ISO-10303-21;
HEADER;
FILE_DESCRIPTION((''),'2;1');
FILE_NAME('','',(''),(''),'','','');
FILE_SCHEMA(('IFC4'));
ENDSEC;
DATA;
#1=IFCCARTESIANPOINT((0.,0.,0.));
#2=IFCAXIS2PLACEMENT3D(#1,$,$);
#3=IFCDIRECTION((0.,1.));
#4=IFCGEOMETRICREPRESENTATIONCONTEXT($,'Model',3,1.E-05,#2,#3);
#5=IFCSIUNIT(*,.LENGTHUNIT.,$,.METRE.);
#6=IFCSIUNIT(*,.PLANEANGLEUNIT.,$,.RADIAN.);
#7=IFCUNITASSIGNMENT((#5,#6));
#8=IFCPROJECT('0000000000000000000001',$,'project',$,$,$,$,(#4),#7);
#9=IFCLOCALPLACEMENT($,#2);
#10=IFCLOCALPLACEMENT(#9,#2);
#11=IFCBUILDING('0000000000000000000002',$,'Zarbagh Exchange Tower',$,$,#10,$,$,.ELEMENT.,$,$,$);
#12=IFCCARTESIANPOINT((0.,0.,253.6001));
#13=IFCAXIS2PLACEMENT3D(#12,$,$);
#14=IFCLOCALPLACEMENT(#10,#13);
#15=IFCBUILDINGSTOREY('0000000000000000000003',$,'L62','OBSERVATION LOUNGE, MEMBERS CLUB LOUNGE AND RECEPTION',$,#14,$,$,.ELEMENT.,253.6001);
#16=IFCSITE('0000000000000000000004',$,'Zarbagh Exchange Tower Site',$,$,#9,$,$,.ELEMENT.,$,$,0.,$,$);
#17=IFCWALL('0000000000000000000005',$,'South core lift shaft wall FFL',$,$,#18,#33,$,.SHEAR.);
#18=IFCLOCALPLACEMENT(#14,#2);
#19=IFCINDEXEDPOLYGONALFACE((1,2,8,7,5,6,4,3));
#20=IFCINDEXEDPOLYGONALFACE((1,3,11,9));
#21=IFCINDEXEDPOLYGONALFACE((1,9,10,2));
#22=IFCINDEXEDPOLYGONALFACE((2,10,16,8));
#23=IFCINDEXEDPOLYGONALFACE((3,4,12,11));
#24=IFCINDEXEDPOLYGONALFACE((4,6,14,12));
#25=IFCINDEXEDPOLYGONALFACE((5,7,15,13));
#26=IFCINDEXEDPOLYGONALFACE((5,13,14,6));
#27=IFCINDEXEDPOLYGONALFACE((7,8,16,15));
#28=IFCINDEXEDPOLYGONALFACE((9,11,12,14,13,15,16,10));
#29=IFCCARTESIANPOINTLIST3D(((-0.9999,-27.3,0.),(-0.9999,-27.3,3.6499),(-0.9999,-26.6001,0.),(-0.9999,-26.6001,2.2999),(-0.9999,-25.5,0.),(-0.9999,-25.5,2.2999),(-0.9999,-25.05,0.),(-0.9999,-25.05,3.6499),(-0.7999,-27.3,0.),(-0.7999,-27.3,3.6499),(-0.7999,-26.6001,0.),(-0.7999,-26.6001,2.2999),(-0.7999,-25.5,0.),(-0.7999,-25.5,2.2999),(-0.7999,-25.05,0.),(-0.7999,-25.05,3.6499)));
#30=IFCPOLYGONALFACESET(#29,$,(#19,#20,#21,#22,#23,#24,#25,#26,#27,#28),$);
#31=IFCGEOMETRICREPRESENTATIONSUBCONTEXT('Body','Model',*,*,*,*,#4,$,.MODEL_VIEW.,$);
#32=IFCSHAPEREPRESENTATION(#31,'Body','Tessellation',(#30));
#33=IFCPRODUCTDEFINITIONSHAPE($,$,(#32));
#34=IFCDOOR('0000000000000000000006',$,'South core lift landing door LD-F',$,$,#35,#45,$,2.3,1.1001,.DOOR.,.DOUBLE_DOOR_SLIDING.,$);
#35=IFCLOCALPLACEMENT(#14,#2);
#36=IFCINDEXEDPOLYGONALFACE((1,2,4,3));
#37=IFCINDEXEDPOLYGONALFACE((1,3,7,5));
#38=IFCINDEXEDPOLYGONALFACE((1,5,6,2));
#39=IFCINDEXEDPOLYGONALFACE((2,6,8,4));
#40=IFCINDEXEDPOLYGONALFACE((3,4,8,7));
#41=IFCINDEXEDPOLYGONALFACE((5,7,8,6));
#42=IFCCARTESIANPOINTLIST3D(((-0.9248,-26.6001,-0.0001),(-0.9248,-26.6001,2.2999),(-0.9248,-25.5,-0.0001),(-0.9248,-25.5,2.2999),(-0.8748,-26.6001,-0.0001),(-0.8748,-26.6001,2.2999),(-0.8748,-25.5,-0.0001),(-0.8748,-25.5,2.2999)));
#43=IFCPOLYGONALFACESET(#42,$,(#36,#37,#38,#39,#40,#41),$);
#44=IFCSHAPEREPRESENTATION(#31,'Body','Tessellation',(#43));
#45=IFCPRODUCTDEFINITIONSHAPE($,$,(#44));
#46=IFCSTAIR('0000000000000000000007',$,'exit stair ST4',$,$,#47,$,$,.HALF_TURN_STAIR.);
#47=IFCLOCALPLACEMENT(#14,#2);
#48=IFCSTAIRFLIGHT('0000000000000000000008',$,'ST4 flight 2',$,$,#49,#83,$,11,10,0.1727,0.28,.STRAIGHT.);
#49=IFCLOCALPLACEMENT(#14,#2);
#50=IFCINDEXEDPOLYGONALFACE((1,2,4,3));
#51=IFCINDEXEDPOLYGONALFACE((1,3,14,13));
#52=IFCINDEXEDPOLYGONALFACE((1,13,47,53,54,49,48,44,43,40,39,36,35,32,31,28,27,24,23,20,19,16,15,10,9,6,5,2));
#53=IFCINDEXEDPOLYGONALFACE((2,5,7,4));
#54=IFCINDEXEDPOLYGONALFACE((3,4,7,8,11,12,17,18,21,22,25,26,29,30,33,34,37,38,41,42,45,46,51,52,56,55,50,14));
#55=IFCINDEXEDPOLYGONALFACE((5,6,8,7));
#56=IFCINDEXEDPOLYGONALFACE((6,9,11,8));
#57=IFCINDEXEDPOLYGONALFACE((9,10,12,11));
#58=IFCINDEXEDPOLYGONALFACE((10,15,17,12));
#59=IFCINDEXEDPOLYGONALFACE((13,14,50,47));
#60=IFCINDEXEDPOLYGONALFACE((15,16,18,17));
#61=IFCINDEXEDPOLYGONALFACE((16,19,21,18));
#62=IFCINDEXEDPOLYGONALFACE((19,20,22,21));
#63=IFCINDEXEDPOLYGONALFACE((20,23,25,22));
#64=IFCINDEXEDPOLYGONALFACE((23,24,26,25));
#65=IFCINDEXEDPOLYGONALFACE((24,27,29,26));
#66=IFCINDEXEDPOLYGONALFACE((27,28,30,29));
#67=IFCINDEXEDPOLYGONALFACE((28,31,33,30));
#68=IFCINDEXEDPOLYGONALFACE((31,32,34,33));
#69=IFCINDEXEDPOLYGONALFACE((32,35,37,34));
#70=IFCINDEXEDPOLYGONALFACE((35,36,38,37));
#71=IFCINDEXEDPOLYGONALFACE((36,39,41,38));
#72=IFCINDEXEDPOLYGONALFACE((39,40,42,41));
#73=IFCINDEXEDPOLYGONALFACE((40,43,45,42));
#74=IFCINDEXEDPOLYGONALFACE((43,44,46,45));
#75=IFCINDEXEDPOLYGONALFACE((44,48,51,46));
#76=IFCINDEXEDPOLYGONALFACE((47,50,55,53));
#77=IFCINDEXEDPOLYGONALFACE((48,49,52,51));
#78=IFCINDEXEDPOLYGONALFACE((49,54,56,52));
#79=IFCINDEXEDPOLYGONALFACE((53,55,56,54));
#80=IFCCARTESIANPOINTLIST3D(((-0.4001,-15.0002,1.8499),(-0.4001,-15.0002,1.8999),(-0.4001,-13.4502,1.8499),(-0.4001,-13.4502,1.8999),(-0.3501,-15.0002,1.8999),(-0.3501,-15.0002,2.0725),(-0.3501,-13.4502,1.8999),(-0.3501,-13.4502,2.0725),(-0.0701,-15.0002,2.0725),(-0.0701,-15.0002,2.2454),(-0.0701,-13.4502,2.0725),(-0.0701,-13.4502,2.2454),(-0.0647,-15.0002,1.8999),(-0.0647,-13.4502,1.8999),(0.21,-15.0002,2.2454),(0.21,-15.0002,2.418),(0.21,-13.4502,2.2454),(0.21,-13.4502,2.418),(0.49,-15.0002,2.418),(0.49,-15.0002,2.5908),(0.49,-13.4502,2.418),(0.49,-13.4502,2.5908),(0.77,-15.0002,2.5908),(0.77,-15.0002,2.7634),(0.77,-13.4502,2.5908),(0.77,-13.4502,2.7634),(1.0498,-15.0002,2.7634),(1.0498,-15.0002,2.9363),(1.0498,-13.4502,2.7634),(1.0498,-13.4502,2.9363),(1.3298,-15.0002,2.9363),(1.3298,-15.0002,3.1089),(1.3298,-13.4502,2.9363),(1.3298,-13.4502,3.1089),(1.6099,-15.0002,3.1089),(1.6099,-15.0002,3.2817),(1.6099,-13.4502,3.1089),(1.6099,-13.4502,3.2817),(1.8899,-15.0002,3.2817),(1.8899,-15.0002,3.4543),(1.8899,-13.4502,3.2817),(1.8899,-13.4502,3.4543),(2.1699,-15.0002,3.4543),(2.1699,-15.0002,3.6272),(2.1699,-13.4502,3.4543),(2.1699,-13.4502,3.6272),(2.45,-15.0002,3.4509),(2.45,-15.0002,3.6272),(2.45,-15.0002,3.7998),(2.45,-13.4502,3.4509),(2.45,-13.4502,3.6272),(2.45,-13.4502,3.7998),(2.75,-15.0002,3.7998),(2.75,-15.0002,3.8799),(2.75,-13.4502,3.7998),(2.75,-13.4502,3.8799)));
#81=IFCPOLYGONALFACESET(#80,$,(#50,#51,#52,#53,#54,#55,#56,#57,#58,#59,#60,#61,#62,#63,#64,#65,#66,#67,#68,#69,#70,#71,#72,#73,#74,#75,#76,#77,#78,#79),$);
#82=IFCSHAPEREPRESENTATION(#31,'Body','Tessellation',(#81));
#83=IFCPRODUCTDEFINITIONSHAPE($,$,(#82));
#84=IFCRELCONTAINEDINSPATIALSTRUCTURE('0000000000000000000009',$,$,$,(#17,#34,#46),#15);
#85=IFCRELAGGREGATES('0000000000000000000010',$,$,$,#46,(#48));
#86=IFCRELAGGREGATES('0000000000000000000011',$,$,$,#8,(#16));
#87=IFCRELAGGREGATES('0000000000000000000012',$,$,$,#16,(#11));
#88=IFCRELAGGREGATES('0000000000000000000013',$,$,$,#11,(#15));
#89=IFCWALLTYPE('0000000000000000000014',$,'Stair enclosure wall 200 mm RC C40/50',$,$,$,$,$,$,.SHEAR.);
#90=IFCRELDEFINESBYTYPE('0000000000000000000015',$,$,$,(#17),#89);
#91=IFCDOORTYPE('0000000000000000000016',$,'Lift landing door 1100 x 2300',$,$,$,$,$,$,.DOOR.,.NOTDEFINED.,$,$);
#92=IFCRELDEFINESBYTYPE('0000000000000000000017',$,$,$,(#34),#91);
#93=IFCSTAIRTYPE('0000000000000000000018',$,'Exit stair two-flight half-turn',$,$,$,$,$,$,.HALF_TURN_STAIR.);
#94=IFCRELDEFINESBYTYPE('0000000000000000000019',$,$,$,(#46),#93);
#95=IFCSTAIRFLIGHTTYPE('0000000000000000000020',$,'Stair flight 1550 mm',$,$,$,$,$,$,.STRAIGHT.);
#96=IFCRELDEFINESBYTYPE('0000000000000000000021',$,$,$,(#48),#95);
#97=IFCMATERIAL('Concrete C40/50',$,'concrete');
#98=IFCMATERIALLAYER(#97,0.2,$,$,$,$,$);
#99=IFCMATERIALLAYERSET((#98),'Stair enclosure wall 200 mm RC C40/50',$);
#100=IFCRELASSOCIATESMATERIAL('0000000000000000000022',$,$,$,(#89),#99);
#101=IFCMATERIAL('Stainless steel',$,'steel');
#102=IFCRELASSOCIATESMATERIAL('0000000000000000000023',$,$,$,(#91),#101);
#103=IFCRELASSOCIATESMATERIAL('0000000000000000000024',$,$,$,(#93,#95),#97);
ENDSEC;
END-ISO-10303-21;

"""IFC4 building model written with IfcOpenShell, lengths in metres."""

from ifc_helpers import new_model, si_unit, direction, frame, frame_2d, origin, place, context, subcontext, project, spatial, polyline, rectangle, outline, extrude, material, layer, layer_set, type_object, element, fill, aggregate, save


model = new_model("IFC4")

# Units and contexts
model_context = context("Model", 3, precision=1e-05, world=origin(), true_north=direction((0.0, 1.0)))
body_context = subcontext(model_context, "Body", "Model", "MODEL_VIEW")
ifc_project = project(units=[si_unit("LENGTHUNIT", "METRE"), si_unit("PLANEANGLEUNIT", "RADIAN")], contexts=[model_context])

# Site, building, storey
site_placement = place(None, origin())
site = spatial("IfcSite", under=ifc_project, at=site_placement, Name="Zarbagh Exchange Tower Site", CompositionType="ELEMENT", RefElevation=0.0)
building_placement = place(site_placement, origin())
building = spatial("IfcBuilding", under=site, at=building_placement, Name="Zarbagh Exchange Tower", CompositionType="ELEMENT")
storey_placement = place(building_placement, frame((0.0, 0.0, 253.6001)))
storey = spatial("IfcBuildingStorey", under=building, at=storey_placement, Name="L62", Description="OBSERVATION LOUNGE, MEMBERS CLUB LOUNGE AND RECEPTION", CompositionType="ELEMENT", Elevation=253.6001)

# Shared definitions
ifc_material_1 = material(Name="Concrete C40/50", Category="concrete")

# Wall, opening, door
ifc_layer_1 = layer(ifc_material_1, 0.2)
ifc_layer_set_1 = layer_set([ifc_layer_1], Name="Stair enclosure wall 200 mm RC C40/50")
wall_type_1 = type_object("IfcWallType", Name="Stair enclosure wall 200 mm RC C40/50", PredefinedType="SHEAR", material=ifc_layer_set_1)
wall_1_placement = place(storey_placement, frame((-0.8999, -27.3, 0.0), z_axis=(0.0, 0.0, 1.0), x_axis=(0.0, 1.0, 0.0)))
wall_1 = element("IfcWall", 1, at=wall_1_placement, inside=storey, type_object=wall_type_1, Name="South core lift shaft wall FFL", PredefinedType="SHEAR", context=body_context, shape_type="SweptSolid", body=[
    extrude(rectangle(XDim=2.25, YDim=0.2, at=frame_2d((1.125, 0.0))), origin(), (0.0, 0.0, 1.0), 3.6499),
])
opening_1_placement = place(wall_1_placement, frame((0.7, 0.0, 0.0)))
opening_1 = element("IfcOpeningElement", 2, at=opening_1_placement, cuts=wall_1, PredefinedType="OPENING", context=body_context, shape_type="SweptSolid", body=[
    extrude(rectangle(XDim=1.1001, YDim=2.3, at=frame_2d((0.55, 1.1499))), frame((0.0, 0.1099, 0.0), z_axis=(0.0, -1.0, 0.0), x_axis=(1.0, 0.0, 0.0)), (0.0, 0.0, 1.0), 0.22),
])
ifc_material_2 = material(Name="Stainless steel", Category="steel")
door_type_1 = type_object("IfcDoorType", Name="Lift landing door 1100 x 2300", OperationType="NOTDEFINED", PredefinedType="DOOR", material=ifc_material_2)
door_1_placement = place(opening_1_placement, origin())
door_1 = element("IfcDoor", 3, at=door_1_placement, inside=storey, type_object=door_type_1, Name="South core lift landing door LD-F", OperationType="DOUBLE_DOOR_SLIDING", OverallHeight=2.3, OverallWidth=1.1001, PredefinedType="DOOR", context=body_context, shape_type="SweptSolid", body=[
    extrude(rectangle(XDim=1.1001, YDim=2.3, at=frame_2d((0.55, 1.1499))), frame((0.0, 0.0249, 0.0), z_axis=(0.0, -1.0, 0.0), x_axis=(1.0, 0.0, 0.0)), (0.0, 0.0, 1.0), 0.05),
])
fill(opening_1, door_1)

# Stair, stair flight
stair_type = type_object("IfcStairType", Name="Exit stair two-flight half-turn", PredefinedType="HALF_TURN_STAIR", material=ifc_material_1)
stair_placement = place(storey_placement, origin())
stair = element("IfcStair", 4, at=stair_placement, inside=storey, type_object=stair_type, Name="exit stair ST4", PredefinedType="HALF_TURN_STAIR")
stair_flight_type = type_object("IfcStairFlightType", Name="Stair flight 1550 mm", PredefinedType="STRAIGHT", material=ifc_material_1)
stair_flight_placement = place(storey_placement, frame((-0.3501, -14.2251, 1.8999), z_axis=(0.0, 0.0, 1.0), x_axis=(1.0, 0.0, 0.0)))
stair_flight = element("IfcStairFlight", 5, at=stair_flight_placement, type_object=stair_flight_type, Name="ST4 flight 2", NumberOfRisers=11, NumberOfTreads=10, PredefinedType="STRAIGHT", RiserHeight=0.1727, TreadLength=0.28, context=body_context, shape_type="SweptSolid", body=[
    extrude(outline(polyline([(-0.05, -0.05), (-0.05, 0.0), (0.0, 0.0), (0.0, 0.1726), (0.28, 0.1726), (0.28, 0.3455), (0.5601, 0.3455), (0.5601, 0.5181), (0.8401, 0.5181), (0.8401, 0.6909), (1.1201, 0.6909), (1.1201, 0.8635), (1.3999, 0.8635), (1.3999, 1.0364), (1.6799, 1.0364), (1.6799, 1.209), (1.96, 1.209), (1.96, 1.3818), (2.24, 1.3818), (2.24, 1.5544), (2.52, 1.5544), (2.52, 1.7273), (2.8, 1.7273), (2.8, 1.8999), (3.1001, 1.98), (3.1001, 1.8999), (2.8, 1.551), (0.2854, 0.0), (-0.05, -0.05)])), frame((0.0, 0.7749, 0.0), z_axis=(0.0, -1.0, 0.0), x_axis=(1.0, 0.0, 0.0)), (0.0, 0.0, 1.0), 1.55),
])
aggregate(stair, [stair_flight])

save(model, "model.ifc")
